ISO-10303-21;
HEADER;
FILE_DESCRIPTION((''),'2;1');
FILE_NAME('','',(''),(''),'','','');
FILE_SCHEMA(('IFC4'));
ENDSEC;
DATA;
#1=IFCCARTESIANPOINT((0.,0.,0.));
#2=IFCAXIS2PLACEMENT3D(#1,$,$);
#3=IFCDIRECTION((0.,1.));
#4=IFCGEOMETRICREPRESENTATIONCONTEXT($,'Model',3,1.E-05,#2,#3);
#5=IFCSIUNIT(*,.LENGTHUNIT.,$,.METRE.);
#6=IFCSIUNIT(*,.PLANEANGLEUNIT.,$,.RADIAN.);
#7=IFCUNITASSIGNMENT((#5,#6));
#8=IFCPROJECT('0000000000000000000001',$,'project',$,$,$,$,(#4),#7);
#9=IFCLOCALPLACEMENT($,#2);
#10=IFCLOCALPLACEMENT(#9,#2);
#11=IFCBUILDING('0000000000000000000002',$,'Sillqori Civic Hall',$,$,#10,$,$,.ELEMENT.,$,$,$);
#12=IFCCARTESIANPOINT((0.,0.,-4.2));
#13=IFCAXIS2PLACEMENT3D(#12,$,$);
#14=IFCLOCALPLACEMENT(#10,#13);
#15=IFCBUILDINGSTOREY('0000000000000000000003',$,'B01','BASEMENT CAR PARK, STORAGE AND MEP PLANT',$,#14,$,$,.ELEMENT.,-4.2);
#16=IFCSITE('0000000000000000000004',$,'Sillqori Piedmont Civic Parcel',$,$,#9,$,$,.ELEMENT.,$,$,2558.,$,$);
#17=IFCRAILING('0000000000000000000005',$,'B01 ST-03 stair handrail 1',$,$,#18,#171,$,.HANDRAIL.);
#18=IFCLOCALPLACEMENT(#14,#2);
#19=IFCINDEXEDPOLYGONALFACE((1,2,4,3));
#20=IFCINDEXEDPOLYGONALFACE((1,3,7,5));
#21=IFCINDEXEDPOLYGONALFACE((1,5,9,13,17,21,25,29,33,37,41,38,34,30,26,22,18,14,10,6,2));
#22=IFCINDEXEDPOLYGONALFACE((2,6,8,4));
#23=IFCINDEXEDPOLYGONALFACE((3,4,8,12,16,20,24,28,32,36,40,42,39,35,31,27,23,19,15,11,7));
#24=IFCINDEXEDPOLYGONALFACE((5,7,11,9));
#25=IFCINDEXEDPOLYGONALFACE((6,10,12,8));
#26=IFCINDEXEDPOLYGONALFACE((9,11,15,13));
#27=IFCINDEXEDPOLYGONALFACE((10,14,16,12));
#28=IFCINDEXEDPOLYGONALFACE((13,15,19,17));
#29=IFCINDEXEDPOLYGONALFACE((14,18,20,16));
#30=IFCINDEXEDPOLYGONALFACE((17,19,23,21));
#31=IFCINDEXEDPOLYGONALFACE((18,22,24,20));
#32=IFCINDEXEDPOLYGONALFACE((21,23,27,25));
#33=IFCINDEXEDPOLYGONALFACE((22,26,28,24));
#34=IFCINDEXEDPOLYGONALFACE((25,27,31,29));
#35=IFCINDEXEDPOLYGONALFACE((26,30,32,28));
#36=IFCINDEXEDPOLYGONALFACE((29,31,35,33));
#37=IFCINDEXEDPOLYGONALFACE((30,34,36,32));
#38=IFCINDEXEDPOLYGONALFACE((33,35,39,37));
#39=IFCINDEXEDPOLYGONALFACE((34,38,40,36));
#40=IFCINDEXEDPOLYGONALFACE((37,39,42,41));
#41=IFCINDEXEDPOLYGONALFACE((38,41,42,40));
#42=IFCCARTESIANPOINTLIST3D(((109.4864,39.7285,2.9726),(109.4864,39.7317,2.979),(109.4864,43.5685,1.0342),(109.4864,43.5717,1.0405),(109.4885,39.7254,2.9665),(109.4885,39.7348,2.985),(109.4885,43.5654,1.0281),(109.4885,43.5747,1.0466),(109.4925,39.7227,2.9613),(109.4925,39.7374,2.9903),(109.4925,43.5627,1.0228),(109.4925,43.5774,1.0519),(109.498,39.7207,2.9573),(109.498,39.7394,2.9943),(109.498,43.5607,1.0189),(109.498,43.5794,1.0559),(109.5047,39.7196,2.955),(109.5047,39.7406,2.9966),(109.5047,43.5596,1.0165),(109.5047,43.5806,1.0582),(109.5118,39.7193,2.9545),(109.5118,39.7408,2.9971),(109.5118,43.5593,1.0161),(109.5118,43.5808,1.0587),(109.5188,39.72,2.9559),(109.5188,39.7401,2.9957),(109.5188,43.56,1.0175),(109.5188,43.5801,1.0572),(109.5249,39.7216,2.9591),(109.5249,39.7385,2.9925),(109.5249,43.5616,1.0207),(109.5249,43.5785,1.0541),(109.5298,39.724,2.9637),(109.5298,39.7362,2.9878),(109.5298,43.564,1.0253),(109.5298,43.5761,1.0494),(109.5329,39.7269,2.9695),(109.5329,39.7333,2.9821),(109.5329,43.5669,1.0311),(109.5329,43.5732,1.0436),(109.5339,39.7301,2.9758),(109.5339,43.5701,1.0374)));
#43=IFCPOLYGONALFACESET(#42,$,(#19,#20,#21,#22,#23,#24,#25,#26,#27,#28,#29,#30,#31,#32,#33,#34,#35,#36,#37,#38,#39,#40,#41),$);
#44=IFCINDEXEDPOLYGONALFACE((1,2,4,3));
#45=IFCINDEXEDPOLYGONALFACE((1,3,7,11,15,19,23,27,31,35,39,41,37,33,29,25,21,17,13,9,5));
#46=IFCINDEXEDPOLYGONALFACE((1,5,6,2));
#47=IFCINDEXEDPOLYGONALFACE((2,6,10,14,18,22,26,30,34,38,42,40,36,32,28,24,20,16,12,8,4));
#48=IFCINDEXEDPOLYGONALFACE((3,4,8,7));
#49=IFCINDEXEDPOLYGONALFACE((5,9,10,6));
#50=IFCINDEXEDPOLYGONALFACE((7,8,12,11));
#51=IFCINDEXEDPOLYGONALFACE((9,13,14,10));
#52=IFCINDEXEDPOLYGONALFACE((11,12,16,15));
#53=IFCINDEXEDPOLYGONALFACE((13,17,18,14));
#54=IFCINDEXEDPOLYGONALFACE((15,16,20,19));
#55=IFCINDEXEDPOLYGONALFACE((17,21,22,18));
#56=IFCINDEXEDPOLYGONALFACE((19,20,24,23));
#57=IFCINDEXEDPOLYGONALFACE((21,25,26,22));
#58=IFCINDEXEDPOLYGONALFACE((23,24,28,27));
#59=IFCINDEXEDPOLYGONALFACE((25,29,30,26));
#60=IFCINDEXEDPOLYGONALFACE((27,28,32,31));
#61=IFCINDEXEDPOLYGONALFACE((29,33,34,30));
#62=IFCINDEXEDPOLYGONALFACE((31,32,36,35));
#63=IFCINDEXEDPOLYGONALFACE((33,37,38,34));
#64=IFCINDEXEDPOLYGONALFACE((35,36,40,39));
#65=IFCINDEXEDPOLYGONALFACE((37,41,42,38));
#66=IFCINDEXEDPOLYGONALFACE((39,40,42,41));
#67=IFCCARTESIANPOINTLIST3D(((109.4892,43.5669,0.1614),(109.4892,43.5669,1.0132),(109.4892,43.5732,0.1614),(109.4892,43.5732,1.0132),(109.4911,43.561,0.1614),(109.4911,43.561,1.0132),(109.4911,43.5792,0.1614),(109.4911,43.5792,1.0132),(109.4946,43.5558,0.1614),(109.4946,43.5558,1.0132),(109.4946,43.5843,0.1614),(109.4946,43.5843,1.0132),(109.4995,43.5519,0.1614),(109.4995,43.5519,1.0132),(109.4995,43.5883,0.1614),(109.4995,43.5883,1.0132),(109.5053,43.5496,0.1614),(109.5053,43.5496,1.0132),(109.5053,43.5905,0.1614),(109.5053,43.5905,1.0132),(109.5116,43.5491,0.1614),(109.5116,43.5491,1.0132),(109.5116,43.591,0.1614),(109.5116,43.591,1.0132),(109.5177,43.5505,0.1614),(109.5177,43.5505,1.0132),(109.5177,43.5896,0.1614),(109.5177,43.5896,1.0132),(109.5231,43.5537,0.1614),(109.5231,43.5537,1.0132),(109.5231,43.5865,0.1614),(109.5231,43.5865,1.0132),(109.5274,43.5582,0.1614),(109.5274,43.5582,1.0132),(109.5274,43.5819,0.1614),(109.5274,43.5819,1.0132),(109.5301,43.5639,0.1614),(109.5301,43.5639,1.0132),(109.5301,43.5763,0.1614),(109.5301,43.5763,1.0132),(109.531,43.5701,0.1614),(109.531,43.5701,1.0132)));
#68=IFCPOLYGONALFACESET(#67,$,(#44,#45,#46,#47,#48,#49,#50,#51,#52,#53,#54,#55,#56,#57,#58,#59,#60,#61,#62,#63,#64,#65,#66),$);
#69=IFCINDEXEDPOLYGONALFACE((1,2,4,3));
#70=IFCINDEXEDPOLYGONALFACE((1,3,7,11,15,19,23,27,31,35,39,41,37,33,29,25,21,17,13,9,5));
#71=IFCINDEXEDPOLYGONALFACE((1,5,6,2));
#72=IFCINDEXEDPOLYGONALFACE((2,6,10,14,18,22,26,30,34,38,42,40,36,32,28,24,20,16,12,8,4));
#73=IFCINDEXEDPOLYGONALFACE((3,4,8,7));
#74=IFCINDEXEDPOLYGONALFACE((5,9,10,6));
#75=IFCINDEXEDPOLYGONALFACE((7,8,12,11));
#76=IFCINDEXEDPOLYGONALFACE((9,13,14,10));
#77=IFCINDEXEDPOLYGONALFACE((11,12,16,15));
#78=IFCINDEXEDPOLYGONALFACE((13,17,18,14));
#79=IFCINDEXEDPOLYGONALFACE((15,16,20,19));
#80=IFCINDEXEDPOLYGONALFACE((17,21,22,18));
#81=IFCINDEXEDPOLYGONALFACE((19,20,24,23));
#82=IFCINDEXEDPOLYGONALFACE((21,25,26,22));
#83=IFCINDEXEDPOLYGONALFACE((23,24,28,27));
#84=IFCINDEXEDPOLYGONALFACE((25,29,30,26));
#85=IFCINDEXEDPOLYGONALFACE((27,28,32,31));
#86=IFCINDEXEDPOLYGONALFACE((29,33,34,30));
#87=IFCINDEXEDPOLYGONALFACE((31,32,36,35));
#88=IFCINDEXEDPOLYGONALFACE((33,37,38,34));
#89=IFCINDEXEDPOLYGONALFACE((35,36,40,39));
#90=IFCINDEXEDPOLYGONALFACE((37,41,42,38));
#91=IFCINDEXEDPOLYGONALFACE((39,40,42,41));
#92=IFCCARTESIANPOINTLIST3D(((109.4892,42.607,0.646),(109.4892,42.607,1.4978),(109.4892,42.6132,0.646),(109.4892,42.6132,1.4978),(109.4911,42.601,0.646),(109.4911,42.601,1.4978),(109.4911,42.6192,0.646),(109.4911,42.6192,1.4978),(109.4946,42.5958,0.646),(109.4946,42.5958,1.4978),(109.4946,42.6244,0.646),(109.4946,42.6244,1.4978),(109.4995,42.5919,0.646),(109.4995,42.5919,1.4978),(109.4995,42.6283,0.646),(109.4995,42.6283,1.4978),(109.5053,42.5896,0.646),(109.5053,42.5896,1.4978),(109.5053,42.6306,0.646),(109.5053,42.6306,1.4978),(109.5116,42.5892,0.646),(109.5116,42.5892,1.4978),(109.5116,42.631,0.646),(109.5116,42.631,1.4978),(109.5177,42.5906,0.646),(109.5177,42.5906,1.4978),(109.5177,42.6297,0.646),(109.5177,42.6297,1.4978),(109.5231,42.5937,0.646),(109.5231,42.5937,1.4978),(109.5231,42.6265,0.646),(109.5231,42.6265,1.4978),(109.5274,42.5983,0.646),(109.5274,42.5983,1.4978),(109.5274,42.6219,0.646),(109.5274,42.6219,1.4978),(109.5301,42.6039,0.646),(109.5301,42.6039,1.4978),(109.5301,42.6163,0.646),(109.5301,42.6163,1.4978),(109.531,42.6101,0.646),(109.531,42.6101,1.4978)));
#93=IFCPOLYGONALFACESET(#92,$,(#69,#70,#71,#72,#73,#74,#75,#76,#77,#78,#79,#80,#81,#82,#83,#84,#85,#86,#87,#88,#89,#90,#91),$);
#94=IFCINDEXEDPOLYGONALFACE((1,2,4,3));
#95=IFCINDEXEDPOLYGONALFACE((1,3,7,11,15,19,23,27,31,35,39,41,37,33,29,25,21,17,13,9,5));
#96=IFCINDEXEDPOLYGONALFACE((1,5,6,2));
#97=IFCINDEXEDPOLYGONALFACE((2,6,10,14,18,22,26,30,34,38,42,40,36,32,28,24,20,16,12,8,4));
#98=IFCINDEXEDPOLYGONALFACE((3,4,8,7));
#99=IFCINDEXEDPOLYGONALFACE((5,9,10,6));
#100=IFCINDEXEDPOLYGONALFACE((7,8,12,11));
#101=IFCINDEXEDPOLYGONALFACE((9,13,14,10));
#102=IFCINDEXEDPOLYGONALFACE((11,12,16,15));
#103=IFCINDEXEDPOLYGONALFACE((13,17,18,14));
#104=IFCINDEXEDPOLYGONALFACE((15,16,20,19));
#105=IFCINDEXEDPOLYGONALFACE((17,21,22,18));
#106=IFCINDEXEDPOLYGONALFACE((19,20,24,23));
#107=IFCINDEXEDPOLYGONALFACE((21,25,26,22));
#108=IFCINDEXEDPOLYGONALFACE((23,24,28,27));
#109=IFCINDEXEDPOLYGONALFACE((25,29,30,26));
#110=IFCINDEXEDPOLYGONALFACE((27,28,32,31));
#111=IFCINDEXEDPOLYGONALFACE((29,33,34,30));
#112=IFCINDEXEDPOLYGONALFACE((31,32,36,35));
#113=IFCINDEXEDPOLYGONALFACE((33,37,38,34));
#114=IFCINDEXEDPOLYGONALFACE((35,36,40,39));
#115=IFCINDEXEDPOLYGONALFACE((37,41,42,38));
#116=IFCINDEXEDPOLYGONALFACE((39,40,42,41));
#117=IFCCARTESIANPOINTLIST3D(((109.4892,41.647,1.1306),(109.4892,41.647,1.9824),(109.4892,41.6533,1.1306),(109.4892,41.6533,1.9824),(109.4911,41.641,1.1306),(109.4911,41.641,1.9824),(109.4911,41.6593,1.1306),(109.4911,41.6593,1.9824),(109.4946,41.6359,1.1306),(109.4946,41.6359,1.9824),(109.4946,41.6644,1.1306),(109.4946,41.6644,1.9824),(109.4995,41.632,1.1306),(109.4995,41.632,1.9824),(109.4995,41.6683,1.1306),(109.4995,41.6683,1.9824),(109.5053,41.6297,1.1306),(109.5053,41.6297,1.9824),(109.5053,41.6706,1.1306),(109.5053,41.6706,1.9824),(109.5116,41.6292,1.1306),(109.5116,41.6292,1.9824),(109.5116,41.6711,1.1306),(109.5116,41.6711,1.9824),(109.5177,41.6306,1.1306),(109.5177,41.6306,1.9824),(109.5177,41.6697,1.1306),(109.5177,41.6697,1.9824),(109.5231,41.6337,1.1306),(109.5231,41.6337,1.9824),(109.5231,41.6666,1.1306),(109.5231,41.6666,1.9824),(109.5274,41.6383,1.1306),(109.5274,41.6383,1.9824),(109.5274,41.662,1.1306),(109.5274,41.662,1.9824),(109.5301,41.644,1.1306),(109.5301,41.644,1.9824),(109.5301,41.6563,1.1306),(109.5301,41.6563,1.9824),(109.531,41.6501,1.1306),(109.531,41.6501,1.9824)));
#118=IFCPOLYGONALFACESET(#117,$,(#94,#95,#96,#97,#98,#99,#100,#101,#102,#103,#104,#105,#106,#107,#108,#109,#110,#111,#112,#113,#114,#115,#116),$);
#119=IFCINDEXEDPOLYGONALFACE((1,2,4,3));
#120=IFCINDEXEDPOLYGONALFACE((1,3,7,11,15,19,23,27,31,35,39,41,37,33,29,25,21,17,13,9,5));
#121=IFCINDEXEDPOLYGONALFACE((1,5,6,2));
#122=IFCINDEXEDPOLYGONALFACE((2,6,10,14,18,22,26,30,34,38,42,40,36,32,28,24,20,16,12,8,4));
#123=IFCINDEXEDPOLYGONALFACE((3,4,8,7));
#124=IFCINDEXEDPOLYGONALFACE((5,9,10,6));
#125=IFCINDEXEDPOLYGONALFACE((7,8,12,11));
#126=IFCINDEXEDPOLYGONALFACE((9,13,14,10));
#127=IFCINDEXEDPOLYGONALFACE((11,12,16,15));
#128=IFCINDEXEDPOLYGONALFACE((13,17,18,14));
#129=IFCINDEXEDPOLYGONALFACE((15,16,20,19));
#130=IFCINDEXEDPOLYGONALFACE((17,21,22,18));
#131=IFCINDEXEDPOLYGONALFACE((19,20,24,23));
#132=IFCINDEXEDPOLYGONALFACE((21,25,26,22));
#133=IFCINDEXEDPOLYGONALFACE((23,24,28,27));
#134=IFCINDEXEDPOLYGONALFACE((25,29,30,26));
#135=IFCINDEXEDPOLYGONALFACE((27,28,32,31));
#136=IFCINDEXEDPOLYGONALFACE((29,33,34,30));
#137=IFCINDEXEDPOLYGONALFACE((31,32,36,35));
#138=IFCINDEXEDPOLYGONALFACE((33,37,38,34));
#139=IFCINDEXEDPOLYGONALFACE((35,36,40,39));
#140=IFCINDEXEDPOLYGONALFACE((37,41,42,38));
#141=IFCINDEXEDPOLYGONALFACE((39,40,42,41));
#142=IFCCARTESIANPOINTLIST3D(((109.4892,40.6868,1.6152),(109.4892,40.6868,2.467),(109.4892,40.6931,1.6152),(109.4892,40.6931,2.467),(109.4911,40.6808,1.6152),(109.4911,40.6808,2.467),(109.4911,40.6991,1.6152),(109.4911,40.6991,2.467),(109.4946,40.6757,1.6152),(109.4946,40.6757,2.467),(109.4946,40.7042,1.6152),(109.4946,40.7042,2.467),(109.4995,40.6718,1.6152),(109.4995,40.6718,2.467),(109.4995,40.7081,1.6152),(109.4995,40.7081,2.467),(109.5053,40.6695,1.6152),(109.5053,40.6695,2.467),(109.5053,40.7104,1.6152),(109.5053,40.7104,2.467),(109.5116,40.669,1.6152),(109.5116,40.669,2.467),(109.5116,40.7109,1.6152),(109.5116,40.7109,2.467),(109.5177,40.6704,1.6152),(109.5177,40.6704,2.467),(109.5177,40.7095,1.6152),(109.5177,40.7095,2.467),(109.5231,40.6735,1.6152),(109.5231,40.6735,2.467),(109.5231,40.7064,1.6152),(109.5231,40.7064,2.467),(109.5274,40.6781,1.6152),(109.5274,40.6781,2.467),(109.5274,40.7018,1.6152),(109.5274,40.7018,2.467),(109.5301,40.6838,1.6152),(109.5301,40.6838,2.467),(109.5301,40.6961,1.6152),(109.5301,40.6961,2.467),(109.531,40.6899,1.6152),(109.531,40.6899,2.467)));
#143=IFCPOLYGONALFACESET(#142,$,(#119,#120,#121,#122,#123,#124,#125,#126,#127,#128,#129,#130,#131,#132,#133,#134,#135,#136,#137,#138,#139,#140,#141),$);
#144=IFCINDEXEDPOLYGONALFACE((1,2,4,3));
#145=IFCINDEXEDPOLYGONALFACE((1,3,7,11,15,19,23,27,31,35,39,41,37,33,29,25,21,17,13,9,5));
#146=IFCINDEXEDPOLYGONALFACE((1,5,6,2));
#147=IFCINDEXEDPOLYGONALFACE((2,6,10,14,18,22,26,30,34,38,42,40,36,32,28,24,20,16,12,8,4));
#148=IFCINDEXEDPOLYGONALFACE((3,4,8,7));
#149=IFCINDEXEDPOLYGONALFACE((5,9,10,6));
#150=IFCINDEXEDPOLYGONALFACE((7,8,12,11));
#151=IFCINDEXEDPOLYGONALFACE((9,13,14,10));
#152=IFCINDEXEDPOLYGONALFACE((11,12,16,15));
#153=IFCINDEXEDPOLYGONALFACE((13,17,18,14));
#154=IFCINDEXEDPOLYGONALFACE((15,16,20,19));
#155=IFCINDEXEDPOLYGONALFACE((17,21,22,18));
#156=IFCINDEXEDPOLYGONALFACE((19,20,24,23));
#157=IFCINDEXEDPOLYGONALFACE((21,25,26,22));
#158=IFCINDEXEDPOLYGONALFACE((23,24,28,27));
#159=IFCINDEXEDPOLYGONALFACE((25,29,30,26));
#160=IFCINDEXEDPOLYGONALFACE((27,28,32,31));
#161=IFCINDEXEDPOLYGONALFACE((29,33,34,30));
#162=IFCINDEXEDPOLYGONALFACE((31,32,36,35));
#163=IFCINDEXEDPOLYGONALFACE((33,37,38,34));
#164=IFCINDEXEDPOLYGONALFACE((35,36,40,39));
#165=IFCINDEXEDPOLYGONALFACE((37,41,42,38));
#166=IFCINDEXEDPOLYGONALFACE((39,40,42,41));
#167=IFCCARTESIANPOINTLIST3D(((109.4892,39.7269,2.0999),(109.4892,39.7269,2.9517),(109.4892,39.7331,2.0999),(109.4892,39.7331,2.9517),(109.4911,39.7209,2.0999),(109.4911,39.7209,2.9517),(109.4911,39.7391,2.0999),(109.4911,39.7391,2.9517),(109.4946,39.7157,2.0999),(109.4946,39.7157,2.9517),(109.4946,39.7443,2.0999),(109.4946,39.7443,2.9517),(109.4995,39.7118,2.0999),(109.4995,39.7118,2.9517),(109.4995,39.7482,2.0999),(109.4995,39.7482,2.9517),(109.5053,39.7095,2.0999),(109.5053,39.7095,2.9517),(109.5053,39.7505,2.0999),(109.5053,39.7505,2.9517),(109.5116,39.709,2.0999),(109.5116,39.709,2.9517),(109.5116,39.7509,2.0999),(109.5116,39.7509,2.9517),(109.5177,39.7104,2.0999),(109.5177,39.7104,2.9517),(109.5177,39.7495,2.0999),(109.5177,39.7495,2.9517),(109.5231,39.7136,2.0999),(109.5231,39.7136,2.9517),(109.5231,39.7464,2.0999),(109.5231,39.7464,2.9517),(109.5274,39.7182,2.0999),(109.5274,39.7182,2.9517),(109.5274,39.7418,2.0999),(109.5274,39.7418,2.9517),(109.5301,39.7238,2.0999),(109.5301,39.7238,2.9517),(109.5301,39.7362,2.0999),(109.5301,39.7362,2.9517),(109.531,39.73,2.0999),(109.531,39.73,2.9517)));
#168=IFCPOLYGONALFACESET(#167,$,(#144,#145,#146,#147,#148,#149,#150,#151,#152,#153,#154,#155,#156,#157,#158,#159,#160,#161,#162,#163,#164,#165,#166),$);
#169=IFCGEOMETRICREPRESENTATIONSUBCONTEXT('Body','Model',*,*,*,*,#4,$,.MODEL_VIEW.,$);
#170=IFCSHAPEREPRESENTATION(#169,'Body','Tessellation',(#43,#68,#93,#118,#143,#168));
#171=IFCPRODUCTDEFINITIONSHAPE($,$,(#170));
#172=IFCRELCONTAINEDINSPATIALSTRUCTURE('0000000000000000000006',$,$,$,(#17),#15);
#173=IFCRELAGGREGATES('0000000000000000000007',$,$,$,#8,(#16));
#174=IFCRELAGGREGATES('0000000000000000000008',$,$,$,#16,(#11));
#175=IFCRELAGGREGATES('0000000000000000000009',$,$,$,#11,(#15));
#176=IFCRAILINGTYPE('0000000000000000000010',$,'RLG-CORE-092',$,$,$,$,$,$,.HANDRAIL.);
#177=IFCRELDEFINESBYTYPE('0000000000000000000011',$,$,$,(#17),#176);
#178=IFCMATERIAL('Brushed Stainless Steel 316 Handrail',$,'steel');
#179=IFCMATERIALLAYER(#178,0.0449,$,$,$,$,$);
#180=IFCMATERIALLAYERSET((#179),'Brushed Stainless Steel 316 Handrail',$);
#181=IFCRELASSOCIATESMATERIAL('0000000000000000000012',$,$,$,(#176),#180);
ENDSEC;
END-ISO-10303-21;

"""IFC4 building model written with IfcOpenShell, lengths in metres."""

from ifc_helpers import new_model, si_unit, direction, frame, origin, origin_2d, place, context, subcontext, project, spatial, circle, extrude, material, layer, layer_set, type_object, element, save


model = new_model("IFC4")

# Units and contexts
model_context = context("Model", 3, precision=1e-05, world=origin(), true_north=direction((0.0, 1.0)))
body_context = subcontext(model_context, "Body", "Model", "MODEL_VIEW")
ifc_project = project(units=[si_unit("LENGTHUNIT", "METRE"), si_unit("PLANEANGLEUNIT", "RADIAN")], contexts=[model_context])

# Site, building, storey
site_placement = place(None, origin())
site = spatial("IfcSite", under=ifc_project, at=site_placement, Name="Sillqori Piedmont Civic Parcel", CompositionType="ELEMENT", RefElevation=2558.0)
building_placement = place(site_placement, origin())
building = spatial("IfcBuilding", under=site, at=building_placement, Name="Sillqori Civic Hall", CompositionType="ELEMENT")
storey_placement = place(building_placement, frame((0.0, 0.0, -4.2)))
storey = spatial("IfcBuildingStorey", under=building, at=storey_placement, Name="B01", Description="BASEMENT CAR PARK, STORAGE AND MEP PLANT", CompositionType="ELEMENT", Elevation=-4.2)

# Railing
ifc_material_1 = material(Name="Brushed Stainless Steel 316 Handrail", Category="steel")
ifc_layer_1 = layer(ifc_material_1, 0.0449)
ifc_layer_set_1 = layer_set([ifc_layer_1], Name="Brushed Stainless Steel 316 Handrail")
railing_type_1 = type_object("IfcRailingType", Name="RLG-CORE-092", PredefinedType="HANDRAIL", material=ifc_layer_set_1)
railing_1_placement = place(storey_placement, frame((109.51, 43.5701, 0.1614)))
element("IfcRailing", 1, at=railing_1_placement, inside=storey, type_object=railing_type_1, Name="B01 ST-03 stair handrail 1", PredefinedType="HANDRAIL", context=body_context, shape_type="SweptSolid", body=[
    extrude(circle(Radius=0.0239, at=origin_2d()), frame((0.0, 0.0, 0.876), z_axis=(0.0, -0.892707, 0.450638), x_axis=(1.0, 0.0, 0.0)), (0.0, 0.0, 1.0), 4.3015),
    extrude(circle(Radius=0.021, at=origin_2d()), origin(), (0.0, 0.0, 1.0), 0.8518),
    extrude(circle(Radius=0.021, at=origin_2d()), frame((0.0, -0.96, 0.4846)), (0.0, 0.0, 1.0), 0.8518),
    extrude(circle(Radius=0.021, at=origin_2d()), frame((0.0, -1.9199, 0.9692)), (0.0, 0.0, 1.0), 0.8518),
    extrude(circle(Radius=0.021, at=origin_2d()), frame((0.0, -2.8801, 1.4539)), (0.0, 0.0, 1.0), 0.8518),
    extrude(circle(Radius=0.021, at=origin_2d()), frame((0.0, -3.8401, 1.9385)), (0.0, 0.0, 1.0), 0.8518),
])

save(model, "model.ifc")
